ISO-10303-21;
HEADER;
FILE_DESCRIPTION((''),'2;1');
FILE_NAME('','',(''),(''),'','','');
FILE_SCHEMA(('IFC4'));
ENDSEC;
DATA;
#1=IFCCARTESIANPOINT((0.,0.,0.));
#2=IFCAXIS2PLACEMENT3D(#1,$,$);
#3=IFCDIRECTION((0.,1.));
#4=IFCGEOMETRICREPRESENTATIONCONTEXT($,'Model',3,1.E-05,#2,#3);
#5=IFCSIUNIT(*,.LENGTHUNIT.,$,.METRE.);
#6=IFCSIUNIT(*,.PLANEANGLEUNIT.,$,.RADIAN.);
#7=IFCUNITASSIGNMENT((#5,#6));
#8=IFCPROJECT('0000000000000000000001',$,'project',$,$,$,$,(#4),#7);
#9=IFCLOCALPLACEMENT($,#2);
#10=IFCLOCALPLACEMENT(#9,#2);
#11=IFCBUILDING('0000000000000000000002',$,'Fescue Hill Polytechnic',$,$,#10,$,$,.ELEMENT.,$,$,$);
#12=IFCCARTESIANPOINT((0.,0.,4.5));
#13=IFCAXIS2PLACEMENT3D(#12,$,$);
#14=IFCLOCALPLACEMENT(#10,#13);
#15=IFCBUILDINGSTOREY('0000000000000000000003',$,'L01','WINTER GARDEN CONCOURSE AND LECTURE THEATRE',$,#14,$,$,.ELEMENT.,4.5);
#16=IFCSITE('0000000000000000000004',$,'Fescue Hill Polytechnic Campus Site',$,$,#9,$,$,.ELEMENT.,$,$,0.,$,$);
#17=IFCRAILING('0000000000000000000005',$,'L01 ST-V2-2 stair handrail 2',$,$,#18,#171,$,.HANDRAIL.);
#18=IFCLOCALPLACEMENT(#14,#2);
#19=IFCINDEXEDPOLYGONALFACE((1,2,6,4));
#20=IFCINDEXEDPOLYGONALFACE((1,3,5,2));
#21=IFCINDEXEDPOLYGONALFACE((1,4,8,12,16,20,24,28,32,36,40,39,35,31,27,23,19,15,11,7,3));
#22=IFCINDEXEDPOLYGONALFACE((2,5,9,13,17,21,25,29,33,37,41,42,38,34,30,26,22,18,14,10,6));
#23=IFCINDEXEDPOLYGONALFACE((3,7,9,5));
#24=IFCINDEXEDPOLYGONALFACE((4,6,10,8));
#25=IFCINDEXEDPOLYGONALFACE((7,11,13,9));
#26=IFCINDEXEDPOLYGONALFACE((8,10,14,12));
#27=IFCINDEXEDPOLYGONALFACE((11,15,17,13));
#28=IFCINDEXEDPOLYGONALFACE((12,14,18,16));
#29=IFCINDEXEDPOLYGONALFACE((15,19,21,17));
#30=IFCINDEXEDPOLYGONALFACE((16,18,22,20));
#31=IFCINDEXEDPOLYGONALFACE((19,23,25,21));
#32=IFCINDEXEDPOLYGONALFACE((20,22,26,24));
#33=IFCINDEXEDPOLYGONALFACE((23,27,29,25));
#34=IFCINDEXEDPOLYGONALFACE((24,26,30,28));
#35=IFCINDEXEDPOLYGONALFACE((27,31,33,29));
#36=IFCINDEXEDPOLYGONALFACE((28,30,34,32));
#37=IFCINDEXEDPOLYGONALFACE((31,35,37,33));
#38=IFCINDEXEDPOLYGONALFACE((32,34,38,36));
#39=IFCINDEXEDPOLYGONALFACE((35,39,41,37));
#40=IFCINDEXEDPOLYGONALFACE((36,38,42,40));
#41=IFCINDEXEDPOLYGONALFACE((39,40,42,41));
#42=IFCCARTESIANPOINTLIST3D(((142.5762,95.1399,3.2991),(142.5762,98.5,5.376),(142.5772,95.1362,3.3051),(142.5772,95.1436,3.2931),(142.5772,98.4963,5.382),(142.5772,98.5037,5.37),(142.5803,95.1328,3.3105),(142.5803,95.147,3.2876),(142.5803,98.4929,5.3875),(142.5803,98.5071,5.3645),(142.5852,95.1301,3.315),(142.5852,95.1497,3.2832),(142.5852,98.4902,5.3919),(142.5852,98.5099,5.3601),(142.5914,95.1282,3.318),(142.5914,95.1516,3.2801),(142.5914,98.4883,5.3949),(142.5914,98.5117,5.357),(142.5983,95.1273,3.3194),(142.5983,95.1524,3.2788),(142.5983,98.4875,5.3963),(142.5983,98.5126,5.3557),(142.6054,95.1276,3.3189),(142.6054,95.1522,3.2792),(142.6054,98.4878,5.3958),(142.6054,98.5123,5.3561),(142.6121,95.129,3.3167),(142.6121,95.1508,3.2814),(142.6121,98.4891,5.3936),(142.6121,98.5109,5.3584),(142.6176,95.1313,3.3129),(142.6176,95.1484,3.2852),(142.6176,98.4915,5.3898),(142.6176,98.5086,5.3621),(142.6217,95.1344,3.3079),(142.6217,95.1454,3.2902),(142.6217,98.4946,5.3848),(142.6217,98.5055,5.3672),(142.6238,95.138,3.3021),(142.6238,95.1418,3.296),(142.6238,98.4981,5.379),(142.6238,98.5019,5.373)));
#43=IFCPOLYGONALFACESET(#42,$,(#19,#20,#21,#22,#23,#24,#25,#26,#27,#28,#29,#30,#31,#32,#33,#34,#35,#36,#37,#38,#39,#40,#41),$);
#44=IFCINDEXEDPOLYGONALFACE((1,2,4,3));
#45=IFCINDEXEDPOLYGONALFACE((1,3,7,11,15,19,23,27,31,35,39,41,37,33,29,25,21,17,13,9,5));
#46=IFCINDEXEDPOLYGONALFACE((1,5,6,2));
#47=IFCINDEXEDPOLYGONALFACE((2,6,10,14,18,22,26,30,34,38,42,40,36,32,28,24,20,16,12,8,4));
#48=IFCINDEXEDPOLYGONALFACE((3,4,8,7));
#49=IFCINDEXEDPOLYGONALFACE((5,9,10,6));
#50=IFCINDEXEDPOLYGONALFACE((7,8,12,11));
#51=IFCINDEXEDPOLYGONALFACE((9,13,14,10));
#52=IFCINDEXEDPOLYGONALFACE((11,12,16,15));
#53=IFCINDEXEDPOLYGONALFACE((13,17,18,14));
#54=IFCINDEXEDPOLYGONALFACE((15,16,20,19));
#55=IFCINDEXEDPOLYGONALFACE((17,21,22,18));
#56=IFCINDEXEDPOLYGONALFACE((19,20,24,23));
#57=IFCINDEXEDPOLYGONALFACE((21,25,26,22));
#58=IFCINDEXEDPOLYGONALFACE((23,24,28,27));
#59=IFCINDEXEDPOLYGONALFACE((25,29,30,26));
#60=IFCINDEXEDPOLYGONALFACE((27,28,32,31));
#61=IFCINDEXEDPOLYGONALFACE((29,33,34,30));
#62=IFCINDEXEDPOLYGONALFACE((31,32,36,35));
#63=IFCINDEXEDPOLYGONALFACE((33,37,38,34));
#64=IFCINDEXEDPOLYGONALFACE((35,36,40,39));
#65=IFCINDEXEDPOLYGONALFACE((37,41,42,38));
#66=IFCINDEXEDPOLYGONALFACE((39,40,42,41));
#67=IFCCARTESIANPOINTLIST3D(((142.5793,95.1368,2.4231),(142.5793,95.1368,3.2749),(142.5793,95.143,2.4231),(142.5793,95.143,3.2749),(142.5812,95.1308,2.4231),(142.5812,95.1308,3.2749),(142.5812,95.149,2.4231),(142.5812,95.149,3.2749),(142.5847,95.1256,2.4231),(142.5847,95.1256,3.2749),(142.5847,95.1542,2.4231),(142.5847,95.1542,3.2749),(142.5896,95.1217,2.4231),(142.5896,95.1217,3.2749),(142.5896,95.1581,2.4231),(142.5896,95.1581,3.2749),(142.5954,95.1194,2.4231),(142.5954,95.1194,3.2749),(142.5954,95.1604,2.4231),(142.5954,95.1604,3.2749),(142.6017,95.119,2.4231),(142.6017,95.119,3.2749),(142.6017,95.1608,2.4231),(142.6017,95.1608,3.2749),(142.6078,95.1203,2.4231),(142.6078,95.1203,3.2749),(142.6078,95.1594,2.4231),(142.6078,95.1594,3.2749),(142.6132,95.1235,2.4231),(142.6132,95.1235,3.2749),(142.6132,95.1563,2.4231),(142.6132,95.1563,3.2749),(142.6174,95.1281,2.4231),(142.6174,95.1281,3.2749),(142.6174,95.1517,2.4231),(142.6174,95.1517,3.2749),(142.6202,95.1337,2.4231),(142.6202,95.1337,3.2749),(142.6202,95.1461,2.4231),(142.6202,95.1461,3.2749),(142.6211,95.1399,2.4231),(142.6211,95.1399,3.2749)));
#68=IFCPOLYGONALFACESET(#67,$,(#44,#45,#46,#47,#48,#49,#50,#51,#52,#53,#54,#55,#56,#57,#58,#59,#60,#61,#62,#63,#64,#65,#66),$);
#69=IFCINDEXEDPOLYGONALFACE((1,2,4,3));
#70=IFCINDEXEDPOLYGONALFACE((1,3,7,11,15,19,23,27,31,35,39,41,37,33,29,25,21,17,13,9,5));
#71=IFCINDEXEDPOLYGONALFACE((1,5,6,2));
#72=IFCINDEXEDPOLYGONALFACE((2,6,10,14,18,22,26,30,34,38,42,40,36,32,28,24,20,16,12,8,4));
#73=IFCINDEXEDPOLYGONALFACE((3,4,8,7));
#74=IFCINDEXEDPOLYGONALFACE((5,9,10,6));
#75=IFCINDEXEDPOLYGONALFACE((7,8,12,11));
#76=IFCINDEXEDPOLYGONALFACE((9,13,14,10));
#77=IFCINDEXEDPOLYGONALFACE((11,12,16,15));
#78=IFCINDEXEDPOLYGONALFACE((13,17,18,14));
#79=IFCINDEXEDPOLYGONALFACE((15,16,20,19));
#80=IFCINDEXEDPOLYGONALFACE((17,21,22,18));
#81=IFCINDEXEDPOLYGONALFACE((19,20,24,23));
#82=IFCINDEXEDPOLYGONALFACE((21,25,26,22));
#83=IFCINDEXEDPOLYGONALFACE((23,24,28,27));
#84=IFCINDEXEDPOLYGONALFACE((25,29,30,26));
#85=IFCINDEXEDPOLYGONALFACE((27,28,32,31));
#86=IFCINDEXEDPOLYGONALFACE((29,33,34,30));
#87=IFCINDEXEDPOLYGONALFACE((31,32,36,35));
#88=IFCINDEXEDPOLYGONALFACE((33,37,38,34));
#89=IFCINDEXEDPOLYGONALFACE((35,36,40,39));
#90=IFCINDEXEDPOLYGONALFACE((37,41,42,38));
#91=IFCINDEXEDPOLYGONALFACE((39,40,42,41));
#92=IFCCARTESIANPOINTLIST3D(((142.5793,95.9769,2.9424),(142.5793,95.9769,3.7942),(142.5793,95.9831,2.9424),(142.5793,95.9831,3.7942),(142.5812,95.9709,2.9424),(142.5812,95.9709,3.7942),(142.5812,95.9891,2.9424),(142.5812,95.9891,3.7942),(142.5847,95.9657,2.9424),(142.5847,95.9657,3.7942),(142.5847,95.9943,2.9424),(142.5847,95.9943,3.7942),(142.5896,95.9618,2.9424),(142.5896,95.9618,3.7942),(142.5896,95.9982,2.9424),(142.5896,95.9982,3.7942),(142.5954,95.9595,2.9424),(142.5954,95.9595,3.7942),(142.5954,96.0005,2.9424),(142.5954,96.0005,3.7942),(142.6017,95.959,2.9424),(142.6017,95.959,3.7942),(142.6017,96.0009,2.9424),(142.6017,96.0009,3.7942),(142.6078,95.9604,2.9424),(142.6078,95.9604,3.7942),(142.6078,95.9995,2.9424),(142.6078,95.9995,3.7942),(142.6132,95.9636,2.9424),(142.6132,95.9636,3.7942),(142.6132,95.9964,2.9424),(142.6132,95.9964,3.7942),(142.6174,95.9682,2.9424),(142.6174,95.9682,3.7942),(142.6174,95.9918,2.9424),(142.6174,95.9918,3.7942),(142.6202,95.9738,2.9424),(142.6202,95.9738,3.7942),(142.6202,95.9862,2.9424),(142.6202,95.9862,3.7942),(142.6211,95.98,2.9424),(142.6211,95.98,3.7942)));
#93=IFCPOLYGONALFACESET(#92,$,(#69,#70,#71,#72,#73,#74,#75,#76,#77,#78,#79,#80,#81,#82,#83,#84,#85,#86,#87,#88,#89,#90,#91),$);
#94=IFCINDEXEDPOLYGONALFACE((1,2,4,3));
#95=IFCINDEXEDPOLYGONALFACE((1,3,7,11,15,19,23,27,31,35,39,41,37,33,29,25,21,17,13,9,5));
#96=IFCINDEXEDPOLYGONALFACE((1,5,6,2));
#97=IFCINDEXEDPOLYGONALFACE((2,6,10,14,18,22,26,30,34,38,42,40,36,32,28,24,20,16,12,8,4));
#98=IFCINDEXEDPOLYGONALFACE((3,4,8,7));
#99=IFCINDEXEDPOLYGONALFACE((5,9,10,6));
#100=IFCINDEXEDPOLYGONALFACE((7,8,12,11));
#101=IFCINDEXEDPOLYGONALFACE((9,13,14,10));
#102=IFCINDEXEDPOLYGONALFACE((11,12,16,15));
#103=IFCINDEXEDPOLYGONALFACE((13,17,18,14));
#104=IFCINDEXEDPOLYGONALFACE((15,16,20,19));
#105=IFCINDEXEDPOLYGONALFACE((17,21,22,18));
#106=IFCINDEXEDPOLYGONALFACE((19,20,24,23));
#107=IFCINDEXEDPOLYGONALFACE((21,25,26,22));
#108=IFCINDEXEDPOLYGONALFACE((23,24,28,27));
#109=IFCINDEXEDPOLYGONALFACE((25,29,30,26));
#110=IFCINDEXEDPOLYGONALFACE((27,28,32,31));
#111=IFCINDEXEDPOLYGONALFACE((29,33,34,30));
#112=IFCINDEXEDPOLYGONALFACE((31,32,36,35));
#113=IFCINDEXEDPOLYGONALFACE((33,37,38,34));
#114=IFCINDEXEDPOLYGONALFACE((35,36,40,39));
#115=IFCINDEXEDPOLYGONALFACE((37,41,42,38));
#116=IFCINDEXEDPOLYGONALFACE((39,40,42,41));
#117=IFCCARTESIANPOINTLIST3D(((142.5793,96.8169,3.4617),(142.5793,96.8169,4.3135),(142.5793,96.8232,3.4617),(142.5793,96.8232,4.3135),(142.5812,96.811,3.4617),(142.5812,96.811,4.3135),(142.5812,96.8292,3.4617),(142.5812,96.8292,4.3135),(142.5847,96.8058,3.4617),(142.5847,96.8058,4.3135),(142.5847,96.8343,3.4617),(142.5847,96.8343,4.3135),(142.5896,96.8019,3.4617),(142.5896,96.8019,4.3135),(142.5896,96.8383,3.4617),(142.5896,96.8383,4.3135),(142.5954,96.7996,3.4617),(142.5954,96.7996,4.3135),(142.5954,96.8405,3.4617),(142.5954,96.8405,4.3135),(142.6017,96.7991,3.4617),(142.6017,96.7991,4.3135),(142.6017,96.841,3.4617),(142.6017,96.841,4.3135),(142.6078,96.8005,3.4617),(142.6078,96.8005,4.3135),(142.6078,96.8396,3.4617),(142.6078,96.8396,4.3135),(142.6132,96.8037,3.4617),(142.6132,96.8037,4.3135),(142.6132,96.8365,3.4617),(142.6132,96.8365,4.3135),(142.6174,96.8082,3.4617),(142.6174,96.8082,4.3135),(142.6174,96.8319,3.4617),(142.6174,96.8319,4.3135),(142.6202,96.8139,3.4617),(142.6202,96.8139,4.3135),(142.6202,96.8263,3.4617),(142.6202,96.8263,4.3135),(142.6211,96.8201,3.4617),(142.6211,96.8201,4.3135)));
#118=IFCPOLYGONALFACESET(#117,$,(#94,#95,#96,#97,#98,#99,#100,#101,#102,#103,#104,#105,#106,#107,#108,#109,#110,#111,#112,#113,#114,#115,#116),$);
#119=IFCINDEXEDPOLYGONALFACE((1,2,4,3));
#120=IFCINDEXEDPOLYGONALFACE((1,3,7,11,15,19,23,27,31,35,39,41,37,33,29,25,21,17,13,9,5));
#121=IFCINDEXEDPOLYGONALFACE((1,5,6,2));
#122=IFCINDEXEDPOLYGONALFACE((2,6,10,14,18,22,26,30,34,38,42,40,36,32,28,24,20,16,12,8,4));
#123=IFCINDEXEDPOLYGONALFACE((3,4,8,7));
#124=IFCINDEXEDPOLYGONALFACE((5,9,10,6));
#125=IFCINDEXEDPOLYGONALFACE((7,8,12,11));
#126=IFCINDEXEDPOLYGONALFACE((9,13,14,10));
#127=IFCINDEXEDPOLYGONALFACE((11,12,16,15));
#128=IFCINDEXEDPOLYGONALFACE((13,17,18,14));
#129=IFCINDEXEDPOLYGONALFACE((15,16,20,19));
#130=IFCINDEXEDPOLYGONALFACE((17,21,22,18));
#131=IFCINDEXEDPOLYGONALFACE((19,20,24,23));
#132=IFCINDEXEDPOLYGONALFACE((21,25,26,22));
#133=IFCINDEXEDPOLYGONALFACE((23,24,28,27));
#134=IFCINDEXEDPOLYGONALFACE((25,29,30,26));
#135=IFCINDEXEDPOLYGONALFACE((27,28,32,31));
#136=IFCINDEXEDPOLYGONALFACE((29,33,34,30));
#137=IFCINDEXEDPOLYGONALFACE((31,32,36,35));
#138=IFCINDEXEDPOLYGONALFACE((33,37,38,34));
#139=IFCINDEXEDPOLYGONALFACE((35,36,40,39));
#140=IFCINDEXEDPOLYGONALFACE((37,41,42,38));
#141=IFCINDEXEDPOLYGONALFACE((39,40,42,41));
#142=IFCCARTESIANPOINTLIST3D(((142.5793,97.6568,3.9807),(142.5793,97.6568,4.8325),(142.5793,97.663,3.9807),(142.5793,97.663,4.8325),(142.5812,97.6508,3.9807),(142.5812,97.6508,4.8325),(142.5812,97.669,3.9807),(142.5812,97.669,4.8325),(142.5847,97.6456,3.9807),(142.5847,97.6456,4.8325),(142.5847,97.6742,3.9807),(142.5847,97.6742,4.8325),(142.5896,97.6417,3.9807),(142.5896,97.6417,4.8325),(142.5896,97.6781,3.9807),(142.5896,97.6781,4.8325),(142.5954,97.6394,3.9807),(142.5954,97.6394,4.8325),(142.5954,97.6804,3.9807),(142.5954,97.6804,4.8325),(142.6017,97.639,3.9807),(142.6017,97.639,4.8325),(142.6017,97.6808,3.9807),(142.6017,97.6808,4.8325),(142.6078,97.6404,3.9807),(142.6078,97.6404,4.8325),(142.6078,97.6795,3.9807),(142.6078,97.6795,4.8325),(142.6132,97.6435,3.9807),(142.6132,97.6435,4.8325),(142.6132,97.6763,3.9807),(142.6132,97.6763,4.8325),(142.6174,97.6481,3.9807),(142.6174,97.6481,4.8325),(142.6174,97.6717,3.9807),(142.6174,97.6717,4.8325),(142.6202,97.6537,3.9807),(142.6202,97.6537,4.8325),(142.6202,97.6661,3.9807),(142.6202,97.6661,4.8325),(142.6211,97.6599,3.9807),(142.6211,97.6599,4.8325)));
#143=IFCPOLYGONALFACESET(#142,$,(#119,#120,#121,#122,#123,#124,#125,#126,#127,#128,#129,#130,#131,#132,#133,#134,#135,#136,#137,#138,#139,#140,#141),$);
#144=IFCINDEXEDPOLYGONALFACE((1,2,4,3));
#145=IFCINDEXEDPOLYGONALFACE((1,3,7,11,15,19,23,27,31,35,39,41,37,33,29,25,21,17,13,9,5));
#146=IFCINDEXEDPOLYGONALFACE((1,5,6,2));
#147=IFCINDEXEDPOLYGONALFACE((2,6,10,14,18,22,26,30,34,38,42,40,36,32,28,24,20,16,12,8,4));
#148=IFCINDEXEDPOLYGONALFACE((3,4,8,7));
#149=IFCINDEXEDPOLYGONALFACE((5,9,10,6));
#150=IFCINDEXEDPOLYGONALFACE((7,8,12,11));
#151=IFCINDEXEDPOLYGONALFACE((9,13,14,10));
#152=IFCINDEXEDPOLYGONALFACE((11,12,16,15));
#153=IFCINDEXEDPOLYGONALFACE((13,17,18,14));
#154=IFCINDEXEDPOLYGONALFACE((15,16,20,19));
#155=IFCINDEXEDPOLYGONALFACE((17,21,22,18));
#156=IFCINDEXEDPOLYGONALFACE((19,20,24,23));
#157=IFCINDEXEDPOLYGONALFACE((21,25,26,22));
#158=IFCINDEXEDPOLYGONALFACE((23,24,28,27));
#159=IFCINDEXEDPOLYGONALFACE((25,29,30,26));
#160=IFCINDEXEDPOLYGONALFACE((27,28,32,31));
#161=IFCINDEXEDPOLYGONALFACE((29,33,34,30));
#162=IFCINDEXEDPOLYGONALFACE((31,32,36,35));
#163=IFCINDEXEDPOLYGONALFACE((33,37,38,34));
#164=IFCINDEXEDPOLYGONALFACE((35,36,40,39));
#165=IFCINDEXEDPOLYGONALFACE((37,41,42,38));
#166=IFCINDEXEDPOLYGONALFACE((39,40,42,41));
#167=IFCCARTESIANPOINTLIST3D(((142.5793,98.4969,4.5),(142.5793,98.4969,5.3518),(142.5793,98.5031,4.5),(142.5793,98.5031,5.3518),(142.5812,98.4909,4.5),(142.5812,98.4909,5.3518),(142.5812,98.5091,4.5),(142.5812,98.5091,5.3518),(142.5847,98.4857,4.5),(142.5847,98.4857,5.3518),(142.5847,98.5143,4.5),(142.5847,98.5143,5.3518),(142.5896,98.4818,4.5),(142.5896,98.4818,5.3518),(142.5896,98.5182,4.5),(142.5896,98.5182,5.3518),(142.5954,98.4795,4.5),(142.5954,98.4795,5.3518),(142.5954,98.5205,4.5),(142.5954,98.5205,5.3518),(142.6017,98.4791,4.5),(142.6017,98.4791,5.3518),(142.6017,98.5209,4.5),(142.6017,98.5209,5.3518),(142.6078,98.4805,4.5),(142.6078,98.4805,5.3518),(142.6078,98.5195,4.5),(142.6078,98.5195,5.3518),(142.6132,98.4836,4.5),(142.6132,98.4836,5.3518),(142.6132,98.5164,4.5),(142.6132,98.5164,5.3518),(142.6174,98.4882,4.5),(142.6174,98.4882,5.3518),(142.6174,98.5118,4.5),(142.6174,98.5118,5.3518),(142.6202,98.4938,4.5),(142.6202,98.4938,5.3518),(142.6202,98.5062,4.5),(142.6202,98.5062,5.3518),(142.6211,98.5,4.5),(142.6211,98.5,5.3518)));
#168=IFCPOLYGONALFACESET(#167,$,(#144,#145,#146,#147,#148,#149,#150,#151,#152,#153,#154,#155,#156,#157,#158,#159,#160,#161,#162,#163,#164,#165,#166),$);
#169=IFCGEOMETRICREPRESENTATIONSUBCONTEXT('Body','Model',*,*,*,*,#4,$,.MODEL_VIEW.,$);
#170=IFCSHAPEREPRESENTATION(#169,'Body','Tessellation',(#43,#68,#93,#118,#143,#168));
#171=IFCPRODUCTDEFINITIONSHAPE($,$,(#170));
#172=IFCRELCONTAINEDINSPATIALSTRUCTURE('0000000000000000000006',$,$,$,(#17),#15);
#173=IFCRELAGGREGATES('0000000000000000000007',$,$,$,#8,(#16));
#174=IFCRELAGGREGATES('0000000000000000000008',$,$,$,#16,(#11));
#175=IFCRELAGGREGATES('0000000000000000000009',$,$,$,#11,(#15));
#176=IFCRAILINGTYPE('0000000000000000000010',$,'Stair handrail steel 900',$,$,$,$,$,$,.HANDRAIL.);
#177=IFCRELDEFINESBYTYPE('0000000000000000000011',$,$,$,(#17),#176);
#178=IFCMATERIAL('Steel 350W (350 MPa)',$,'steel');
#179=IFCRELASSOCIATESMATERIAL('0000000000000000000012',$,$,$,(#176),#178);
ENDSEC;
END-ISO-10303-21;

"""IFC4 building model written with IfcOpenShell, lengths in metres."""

from ifc_helpers import new_model, si_unit, direction, frame, origin, origin_2d, place, context, subcontext, project, spatial, circle, extrude, material, type_object, element, save


model = new_model("IFC4")

# Units and contexts
model_context = context("Model", 3, precision=1e-05, world=origin(), true_north=direction((0.0, 1.0)))
body_context = subcontext(model_context, "Body", "Model", "MODEL_VIEW")
ifc_project = project(units=[si_unit("LENGTHUNIT", "METRE"), si_unit("PLANEANGLEUNIT", "RADIAN")], contexts=[model_context])

# Site, building, storey
site_placement = place(None, origin())
site = spatial("IfcSite", under=ifc_project, at=site_placement, Name="Fescue Hill Polytechnic Campus Site", CompositionType="ELEMENT", RefElevation=0.0)
building_placement = place(site_placement, origin())
building = spatial("IfcBuilding", under=site, at=building_placement, Name="Fescue Hill Polytechnic", CompositionType="ELEMENT")
storey_placement = place(building_placement, frame((0.0, 0.0, 4.5)))
storey = spatial("IfcBuildingStorey", under=building, at=storey_placement, Name="L01", Description="WINTER GARDEN CONCOURSE AND LECTURE THEATRE", CompositionType="ELEMENT", Elevation=4.5)

# Railing
ifc_material_1 = material(Name="Steel 350W (350 MPa)", Category="steel")
railing_type_1 = type_object("IfcRailingType", Name="Stair handrail steel 900", PredefinedType="HANDRAIL", material=ifc_material_1)
railing_1_placement = place(storey_placement, frame((142.6001, 95.1399, 2.4231)))
element("IfcRailing", 1, at=railing_1_placement, inside=storey, type_object=railing_type_1, Name="L01 ST-V2-2 stair handrail 2", PredefinedType="HANDRAIL", context=body_context, shape_type="SweptSolid", body=[
    extrude(circle(Radius=0.0239, at=origin_2d()), frame((0.0, 0.0, 0.876), z_axis=(0.0, 0.850623, 0.525776), x_axis=(-1.0, 0.0, 0.0)), (0.0, 0.0, 1.0), 3.9502),
    extrude(circle(Radius=0.021, at=origin_2d()), origin(), (0.0, 0.0, 1.0), 0.8518),
    extrude(circle(Radius=0.021, at=origin_2d()), frame((0.0, 0.8401, 0.5193)), (0.0, 0.0, 1.0), 0.8518),
    extrude(circle(Radius=0.021, at=origin_2d()), frame((0.0, 1.6802, 1.0386)), (0.0, 0.0, 1.0), 0.8518),
    extrude(circle(Radius=0.021, at=origin_2d()), frame((0.0, 2.52, 1.5576)), (0.0, 0.0, 1.0), 0.8518),
    extrude(circle(Radius=0.021, at=origin_2d()), frame((0.0, 3.3601, 2.0769)), (0.0, 0.0, 1.0), 0.8518),
])

save(model, "model.ifc")
